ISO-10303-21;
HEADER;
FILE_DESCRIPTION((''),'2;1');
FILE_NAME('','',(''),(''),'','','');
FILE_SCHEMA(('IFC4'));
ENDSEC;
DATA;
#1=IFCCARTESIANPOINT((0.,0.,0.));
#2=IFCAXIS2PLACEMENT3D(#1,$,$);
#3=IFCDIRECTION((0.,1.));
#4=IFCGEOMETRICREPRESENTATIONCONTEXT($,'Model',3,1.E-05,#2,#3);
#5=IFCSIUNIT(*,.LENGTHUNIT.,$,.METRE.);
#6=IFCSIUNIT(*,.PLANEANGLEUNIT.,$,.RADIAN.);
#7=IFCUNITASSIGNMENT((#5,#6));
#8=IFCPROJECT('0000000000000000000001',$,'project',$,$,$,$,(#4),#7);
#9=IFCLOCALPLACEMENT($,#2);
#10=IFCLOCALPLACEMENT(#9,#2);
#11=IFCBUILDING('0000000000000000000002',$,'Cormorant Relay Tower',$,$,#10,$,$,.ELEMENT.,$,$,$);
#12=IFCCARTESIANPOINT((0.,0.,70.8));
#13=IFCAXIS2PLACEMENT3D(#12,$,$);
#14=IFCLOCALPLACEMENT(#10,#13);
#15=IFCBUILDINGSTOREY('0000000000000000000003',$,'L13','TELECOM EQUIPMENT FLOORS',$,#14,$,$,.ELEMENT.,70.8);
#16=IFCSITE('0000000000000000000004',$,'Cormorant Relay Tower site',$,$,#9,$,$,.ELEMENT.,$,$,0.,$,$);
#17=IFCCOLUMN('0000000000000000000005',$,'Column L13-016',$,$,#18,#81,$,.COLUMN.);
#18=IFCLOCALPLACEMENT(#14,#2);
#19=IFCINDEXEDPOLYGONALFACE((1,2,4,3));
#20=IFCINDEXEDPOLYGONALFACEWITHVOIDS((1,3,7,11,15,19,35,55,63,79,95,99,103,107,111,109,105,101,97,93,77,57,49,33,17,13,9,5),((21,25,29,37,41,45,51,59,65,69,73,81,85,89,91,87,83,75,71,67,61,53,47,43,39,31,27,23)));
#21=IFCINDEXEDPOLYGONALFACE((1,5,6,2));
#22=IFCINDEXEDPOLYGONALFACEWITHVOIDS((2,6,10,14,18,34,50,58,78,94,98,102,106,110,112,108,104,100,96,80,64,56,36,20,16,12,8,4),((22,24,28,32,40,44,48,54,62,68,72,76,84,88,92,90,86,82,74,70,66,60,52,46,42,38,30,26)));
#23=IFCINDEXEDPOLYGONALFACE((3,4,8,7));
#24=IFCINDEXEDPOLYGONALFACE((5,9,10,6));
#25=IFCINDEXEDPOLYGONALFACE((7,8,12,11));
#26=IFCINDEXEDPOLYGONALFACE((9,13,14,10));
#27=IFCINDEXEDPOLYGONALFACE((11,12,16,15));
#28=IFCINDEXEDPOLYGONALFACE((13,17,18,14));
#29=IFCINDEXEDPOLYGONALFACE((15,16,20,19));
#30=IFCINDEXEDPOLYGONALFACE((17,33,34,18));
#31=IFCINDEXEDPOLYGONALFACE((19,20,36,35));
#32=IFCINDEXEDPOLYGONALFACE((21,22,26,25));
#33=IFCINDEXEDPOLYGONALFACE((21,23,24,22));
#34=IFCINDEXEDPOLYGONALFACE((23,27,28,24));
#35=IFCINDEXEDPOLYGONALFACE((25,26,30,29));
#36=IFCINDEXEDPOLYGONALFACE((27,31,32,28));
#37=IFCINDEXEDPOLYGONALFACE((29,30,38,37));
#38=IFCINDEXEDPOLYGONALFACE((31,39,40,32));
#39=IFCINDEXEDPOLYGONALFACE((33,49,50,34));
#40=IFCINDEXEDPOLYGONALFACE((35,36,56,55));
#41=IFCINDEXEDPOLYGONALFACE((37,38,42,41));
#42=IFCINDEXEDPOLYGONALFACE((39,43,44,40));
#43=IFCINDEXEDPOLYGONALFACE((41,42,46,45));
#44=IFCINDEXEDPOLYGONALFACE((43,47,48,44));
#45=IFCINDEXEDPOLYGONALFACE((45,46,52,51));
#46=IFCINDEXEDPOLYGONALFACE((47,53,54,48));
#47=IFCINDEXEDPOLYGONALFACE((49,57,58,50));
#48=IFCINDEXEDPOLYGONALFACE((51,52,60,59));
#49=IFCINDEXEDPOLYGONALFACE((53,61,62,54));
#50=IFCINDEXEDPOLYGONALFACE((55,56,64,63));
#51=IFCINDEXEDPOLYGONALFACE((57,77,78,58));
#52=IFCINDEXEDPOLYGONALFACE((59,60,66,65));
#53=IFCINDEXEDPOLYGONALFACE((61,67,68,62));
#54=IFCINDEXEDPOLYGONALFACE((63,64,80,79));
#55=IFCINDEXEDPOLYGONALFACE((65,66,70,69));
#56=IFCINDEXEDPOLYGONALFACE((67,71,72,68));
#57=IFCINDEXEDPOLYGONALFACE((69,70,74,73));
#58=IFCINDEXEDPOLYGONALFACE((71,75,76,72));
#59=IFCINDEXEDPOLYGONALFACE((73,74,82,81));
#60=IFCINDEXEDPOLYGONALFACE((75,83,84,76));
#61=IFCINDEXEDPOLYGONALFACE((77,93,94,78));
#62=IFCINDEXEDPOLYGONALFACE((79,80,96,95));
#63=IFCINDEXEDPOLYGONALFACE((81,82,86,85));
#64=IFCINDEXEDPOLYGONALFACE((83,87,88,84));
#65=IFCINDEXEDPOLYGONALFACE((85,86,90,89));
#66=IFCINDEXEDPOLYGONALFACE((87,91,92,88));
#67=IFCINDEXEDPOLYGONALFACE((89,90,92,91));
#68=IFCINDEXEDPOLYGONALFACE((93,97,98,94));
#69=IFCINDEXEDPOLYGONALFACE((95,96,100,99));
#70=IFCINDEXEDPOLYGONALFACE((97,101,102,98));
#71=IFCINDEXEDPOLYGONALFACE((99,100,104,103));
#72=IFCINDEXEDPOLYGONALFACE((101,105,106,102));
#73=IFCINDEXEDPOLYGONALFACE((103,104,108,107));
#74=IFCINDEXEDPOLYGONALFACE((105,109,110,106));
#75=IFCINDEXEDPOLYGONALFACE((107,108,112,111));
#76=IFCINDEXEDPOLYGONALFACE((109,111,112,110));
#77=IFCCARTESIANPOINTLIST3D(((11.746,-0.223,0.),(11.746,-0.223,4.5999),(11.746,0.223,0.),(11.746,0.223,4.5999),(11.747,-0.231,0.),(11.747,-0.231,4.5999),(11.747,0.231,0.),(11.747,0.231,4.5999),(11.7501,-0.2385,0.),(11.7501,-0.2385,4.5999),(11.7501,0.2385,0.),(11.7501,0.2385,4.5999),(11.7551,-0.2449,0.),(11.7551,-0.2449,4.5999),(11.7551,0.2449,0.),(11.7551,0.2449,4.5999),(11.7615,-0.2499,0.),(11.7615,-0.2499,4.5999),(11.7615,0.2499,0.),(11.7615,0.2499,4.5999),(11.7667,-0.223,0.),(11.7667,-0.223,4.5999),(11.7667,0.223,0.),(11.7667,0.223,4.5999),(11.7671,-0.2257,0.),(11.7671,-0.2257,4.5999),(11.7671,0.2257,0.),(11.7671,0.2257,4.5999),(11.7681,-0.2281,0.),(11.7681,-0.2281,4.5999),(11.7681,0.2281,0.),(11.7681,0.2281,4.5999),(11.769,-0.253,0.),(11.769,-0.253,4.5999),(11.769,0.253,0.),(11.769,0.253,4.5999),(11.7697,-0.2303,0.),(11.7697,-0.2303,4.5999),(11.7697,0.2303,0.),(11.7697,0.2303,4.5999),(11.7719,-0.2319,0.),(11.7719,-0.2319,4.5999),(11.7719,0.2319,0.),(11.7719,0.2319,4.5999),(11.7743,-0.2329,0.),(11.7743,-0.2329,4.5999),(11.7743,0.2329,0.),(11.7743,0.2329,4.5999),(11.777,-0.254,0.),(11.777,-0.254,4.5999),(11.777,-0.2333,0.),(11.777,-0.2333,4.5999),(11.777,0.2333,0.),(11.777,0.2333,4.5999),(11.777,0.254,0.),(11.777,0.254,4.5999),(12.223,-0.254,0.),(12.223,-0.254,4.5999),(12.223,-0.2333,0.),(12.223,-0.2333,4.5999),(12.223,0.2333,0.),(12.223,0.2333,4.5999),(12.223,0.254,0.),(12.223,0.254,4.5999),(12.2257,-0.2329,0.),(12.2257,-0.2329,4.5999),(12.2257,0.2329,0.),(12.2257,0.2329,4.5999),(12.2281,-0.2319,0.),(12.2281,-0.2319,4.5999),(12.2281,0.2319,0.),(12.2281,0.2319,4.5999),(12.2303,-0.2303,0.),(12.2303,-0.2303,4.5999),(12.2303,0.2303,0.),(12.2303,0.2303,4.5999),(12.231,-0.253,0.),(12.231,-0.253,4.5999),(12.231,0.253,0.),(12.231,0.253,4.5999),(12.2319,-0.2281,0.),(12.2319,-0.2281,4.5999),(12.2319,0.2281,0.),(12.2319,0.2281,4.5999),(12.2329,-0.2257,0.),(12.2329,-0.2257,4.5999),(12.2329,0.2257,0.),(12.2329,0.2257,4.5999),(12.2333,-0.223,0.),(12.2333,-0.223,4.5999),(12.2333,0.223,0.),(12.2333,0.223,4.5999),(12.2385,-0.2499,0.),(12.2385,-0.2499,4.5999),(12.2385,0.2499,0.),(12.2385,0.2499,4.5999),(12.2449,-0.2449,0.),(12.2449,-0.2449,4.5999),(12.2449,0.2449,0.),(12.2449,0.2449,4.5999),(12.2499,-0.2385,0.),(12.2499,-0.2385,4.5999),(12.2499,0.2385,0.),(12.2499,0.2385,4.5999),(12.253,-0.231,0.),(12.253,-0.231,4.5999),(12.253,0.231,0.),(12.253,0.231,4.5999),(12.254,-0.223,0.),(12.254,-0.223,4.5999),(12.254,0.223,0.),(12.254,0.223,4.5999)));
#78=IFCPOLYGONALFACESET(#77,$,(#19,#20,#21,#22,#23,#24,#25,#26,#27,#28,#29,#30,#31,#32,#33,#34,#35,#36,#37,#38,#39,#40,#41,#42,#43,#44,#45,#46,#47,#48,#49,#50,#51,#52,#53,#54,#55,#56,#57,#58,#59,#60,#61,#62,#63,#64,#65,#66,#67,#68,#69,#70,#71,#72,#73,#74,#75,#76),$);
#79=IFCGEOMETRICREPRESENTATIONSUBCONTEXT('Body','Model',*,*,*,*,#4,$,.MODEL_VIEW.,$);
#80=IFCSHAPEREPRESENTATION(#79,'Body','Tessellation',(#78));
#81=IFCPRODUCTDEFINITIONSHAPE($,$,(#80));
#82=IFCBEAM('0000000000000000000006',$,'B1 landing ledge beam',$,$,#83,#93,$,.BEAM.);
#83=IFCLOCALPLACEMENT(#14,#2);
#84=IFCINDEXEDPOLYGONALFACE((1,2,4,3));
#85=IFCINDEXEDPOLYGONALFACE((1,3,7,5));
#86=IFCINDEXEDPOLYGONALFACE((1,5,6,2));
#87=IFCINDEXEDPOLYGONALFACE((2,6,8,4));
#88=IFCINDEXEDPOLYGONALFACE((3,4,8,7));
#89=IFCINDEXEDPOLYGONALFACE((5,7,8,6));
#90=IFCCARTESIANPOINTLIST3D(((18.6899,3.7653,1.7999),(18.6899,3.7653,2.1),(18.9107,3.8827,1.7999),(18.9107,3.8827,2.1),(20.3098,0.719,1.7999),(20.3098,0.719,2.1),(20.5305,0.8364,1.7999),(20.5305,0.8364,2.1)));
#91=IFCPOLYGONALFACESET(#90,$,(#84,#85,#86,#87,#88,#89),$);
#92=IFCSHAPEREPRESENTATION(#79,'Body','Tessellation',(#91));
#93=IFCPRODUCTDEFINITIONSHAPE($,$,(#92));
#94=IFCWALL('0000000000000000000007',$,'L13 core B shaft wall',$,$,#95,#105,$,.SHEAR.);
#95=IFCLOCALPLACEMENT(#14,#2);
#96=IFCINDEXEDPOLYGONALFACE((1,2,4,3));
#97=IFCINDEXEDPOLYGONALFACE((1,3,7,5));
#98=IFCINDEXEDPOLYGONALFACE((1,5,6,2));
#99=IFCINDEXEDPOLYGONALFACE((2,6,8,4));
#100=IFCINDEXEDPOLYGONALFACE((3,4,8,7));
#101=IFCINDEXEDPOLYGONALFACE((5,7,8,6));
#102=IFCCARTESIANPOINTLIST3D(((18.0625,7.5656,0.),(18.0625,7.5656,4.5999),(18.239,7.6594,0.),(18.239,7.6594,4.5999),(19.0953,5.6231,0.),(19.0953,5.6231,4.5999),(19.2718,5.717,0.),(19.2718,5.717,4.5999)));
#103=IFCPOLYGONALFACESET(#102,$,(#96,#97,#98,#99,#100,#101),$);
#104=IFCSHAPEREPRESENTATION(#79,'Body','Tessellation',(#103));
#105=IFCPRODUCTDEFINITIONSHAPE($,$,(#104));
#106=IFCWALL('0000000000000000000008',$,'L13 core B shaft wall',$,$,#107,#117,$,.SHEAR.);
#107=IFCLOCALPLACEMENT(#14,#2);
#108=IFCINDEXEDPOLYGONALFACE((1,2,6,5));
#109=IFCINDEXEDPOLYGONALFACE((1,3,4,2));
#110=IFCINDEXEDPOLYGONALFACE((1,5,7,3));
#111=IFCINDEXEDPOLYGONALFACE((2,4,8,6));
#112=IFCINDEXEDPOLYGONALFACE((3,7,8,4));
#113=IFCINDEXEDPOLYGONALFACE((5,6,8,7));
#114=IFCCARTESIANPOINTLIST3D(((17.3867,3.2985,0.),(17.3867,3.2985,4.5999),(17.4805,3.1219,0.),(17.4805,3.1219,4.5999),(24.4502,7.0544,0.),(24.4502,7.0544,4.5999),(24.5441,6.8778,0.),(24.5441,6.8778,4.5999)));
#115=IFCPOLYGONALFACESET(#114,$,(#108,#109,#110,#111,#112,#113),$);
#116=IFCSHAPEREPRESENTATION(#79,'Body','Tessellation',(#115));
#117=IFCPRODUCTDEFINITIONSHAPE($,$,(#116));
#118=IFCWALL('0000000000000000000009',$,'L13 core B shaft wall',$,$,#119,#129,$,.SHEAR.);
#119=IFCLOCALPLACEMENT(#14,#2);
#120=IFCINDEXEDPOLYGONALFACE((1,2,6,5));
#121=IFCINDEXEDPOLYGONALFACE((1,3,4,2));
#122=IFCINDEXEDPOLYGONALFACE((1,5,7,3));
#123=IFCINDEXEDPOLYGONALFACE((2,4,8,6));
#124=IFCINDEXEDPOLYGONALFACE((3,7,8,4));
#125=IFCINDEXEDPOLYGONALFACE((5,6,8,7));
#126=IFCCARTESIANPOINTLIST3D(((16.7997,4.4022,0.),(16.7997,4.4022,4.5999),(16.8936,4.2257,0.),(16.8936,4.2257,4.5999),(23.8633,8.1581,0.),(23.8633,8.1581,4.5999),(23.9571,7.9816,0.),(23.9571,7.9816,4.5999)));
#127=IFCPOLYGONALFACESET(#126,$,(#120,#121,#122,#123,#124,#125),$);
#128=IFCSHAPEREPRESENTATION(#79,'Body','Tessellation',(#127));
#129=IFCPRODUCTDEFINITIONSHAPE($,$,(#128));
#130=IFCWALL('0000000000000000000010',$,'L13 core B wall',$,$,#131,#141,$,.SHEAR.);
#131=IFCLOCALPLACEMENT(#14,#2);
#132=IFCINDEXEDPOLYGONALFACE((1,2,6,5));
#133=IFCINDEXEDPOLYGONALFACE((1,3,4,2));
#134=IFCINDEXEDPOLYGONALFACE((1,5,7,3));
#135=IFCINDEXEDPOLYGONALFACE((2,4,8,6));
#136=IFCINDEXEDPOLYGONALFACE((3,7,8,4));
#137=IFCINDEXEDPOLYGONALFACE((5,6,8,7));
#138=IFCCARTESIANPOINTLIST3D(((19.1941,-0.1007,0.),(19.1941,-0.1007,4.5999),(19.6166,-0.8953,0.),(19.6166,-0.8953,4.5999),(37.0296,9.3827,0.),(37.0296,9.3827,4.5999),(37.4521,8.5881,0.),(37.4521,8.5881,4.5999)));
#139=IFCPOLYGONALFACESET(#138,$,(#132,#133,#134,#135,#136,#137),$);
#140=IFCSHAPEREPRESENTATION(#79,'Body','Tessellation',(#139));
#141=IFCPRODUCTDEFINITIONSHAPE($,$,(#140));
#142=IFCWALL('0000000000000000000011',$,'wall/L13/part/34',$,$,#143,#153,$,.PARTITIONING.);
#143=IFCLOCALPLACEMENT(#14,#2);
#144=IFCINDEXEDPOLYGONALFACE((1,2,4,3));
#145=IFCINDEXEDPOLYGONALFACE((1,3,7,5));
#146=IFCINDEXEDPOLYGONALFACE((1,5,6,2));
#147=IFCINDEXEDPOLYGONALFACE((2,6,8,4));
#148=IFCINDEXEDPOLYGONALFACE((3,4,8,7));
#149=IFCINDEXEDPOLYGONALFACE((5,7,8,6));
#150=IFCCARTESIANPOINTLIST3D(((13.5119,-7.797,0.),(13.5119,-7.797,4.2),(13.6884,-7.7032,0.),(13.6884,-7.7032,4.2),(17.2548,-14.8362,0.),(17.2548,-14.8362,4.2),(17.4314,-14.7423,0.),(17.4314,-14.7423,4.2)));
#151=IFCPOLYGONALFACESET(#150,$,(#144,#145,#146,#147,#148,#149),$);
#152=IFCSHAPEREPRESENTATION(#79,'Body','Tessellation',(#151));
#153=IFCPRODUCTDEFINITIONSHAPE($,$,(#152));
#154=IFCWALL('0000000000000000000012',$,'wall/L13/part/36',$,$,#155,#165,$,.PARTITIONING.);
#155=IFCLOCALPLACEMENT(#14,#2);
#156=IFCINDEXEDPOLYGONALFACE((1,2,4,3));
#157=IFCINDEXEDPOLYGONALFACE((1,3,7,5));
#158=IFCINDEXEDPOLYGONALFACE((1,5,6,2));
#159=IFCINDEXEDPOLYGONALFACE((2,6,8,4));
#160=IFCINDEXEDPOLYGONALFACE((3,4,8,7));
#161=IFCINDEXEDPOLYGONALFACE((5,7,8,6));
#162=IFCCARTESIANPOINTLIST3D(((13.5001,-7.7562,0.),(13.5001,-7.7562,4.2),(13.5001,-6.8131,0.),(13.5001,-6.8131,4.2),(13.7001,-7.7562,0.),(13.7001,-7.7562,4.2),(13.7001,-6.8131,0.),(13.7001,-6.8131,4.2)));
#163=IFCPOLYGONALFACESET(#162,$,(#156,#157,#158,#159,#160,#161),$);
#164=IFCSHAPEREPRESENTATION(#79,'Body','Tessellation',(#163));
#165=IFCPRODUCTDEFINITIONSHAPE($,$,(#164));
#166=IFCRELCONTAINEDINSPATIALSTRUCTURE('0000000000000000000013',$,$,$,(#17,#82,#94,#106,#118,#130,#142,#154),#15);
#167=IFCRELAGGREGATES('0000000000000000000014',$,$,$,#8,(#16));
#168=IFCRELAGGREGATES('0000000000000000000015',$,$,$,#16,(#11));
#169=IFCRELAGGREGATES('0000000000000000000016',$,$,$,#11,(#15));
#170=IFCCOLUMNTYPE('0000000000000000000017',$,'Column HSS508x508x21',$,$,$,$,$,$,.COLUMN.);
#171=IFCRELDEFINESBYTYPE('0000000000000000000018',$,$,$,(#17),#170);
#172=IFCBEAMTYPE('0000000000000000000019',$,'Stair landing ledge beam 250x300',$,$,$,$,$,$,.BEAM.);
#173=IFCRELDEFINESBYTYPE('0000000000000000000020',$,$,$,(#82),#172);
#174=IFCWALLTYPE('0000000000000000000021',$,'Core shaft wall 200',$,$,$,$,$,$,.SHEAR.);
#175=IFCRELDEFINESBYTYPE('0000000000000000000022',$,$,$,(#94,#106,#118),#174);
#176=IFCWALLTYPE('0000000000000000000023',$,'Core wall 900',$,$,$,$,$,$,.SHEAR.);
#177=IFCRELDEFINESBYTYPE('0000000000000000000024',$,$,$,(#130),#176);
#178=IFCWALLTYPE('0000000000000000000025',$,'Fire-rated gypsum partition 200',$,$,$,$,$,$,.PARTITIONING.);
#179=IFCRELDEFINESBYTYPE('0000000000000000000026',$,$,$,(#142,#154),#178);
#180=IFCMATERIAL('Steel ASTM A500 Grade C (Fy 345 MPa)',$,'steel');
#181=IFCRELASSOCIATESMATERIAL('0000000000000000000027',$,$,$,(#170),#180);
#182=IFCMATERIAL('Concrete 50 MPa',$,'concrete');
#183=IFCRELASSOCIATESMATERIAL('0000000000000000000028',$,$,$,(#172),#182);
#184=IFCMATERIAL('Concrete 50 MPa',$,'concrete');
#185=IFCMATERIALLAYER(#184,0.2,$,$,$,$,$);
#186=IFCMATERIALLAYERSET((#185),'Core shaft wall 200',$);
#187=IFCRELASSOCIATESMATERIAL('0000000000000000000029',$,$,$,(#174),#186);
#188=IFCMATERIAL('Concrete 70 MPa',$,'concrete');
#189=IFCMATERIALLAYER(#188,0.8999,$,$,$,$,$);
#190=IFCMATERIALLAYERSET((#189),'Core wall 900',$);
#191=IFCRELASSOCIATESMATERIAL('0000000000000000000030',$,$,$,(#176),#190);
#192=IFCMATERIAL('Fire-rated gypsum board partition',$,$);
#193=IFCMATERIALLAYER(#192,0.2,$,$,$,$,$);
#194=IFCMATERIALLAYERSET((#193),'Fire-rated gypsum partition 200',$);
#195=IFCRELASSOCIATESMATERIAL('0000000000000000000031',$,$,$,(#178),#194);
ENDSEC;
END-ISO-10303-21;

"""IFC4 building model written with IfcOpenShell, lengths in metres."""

from ifc_helpers import new_model, si_unit, direction, frame, frame_2d, origin, origin_2d, place, context, subcontext, project, spatial, rectangle, hollow_rectangle, extrude, material, layer, layer_set, material_profile, profile_set, type_object, element, save


model = new_model("IFC4")

# Units and contexts
model_context = context("Model", 3, precision=1e-05, world=origin(), true_north=direction((0.0, 1.0)))
body_context = subcontext(model_context, "Body", "Model", "MODEL_VIEW")
ifc_project = project(units=[si_unit("LENGTHUNIT", "METRE"), si_unit("PLANEANGLEUNIT", "RADIAN")], contexts=[model_context])

# Site, building, storey
site_placement = place(None, origin())
site = spatial("IfcSite", under=ifc_project, at=site_placement, Name="Cormorant Relay Tower site", CompositionType="ELEMENT", RefElevation=0.0)
building_placement = place(site_placement, origin())
building = spatial("IfcBuilding", under=site, at=building_placement, Name="Cormorant Relay Tower", CompositionType="ELEMENT")
storey_placement = place(building_placement, frame((0.0, 0.0, 70.8)))
storey = spatial("IfcBuildingStorey", under=building, at=storey_placement, Name="L13", Description="TELECOM EQUIPMENT FLOORS", CompositionType="ELEMENT", Elevation=70.8)

# Column
ifc_material_1 = material(Name="Steel ASTM A500 Grade C (Fy 345 MPa)", Category="steel")
ifc_material_profile_1 = material_profile(ifc_material_1, hollow_rectangle(XDim=0.5081, YDim=0.5081, WallThickness=0.0208, InnerFilletRadius=0.0103, OuterFilletRadius=0.031, at=origin_2d()), Name="HSS508x508x21")
ifc_profile_set_1 = profile_set([ifc_material_profile_1], Name="Steel ASTM A500 Grade C (Fy 345 MPa)")
column_type = type_object("IfcColumnType", Name="Column HSS508x508x21", PredefinedType="COLUMN", material=ifc_profile_set_1)
column_placement = place(storey_placement, frame((12.0, 0.0, 0.0), z_axis=(0.0, 0.0, 1.0), x_axis=(1.0, 0.0, 0.0)))
element("IfcColumn", 1, at=column_placement, inside=storey, type_object=column_type, Name="Column L13-016", PredefinedType="COLUMN", context=body_context, shape_type="SweptSolid", body=[
    extrude(hollow_rectangle(XDim=0.5081, YDim=0.5081, WallThickness=0.0208, InnerFilletRadius=0.0103, OuterFilletRadius=0.031, at=origin_2d()), origin(), (0.0, 0.0, 1.0), 4.5999),
])

# Beam
ifc_material_2 = material(Name="Concrete 50 MPa", Category="concrete")
ifc_material_profile_2 = material_profile(ifc_material_2, rectangle(XDim=0.25, YDim=0.3, at=origin_2d()), Name="RC 250x300")
ifc_profile_set_2 = profile_set([ifc_material_profile_2], Name="Concrete 50 MPa")
beam_type = type_object("IfcBeamType", Name="Stair landing ledge beam 250x300", PredefinedType="BEAM", material=ifc_profile_set_2)
beam_placement = place(storey_placement, frame((18.8003, 3.824, 1.95), z_axis=(0.46949, -0.882938, 0.0), x_axis=(0.882938, 0.46949, 0.0)))
element("IfcBeam", 2, at=beam_placement, inside=storey, type_object=beam_type, Name="B1 landing ledge beam", PredefinedType="BEAM", context=body_context, shape_type="SweptSolid", body=[
    extrude(rectangle(XDim=0.25, YDim=0.3, at=origin_2d()), origin(), (0.0, 0.0, 1.0), 3.4502),
])

# Walls
ifc_material_3 = material(Name="Concrete 50 MPa", Category="concrete")
ifc_layer_1 = layer(ifc_material_3, 0.2)
ifc_layer_set_1 = layer_set([ifc_layer_1], Name="Core shaft wall 200")
wall_type_1 = type_object("IfcWallType", Name="Core shaft wall 200", PredefinedType="SHEAR", material=ifc_layer_set_1)
wall_1_placement = place(storey_placement, frame((19.1836, 5.6699, 0.0), z_axis=(0.0, 0.0, 1.0), x_axis=(-0.469447, 0.88296, 0.0)))
element("IfcWall", 3, at=wall_1_placement, inside=storey, type_object=wall_type_1, Name="L13 core B shaft wall", PredefinedType="SHEAR", context=body_context, shape_type="SweptSolid", body=[
    extrude(rectangle(XDim=2.2, YDim=0.2, at=frame_2d((1.1001, 0.0))), origin(), (0.0, 0.0, 1.0), 4.5999),
])
for number, where, z_axis, x_axis, name in (
    (4, (17.4336, 3.2102, 0.0), (0.0, 0.0, 1.0), (0.88294, 0.469485, 0.0), "L13 core B shaft wall"),
    (5, (16.8467, 4.314, 0.0), (0.0, 0.0, 1.0), (0.88294, 0.469485, 0.0), "L13 core B shaft wall"),
):
    element("IfcWall", number, at=place(storey_placement, frame(where, z_axis=z_axis, x_axis=x_axis)), inside=storey, type_object=wall_type_1, Name=name, PredefinedType="SHEAR", context=body_context, shape_type="SweptSolid", body=[
        extrude(rectangle(XDim=8.0, YDim=0.2, at=frame_2d((4.0, 0.0))), origin(), (0.0, 0.0, 1.0), 4.5999),
    ])

# Shared definitions
ifc_material_4 = material(Name="Concrete 70 MPa", Category="concrete")
ifc_layer_2 = layer(ifc_material_4, 0.8999)
ifc_layer_set_2 = layer_set([ifc_layer_2], Name="Core wall 900")
wall_type_2 = type_object("IfcWallType", Name="Core wall 900", PredefinedType="SHEAR", material=ifc_layer_set_2)

# Walls
wall_2_placement = place(storey_placement, frame((19.4053, -0.498, 0.0), z_axis=(0.0, 0.0, 1.0), x_axis=(0.882945, 0.469476, 0.0)))
element("IfcWall", 6, at=wall_2_placement, inside=storey, type_object=wall_type_2, Name="L13 core B wall", PredefinedType="SHEAR", context=body_context, shape_type="SweptSolid", body=[
    extrude(rectangle(XDim=20.2, YDim=0.8999, at=frame_2d((10.1001, 0.0))), origin(), (0.0, 0.0, 1.0), 4.5999),
])
ifc_material_5 = material(Name="Fire-rated gypsum board partition")
ifc_layer_3 = layer(ifc_material_5, 0.2)
ifc_layer_set_3 = layer_set([ifc_layer_3], Name="Fire-rated gypsum partition 200")
wall_type_3 = type_object("IfcWallType", Name="Fire-rated gypsum partition 200", PredefinedType="PARTITIONING", material=ifc_layer_set_3)
wall_3_placement = place(storey_placement, frame((13.6001, -7.75, 0.0), z_axis=(0.0, 0.0, 1.0), x_axis=(0.46949, -0.882938, 0.0)))
element("IfcWall", 7, at=wall_3_placement, inside=storey, type_object=wall_type_3, Name="wall/L13/part/34", PredefinedType="PARTITIONING", context=body_context, shape_type="SweptSolid", body=[
    extrude(rectangle(XDim=7.9724, YDim=0.2, at=frame_2d((3.9863, 0.0))), origin(), (0.0, 0.0, 1.0), 4.2),
])
wall_4_placement = place(storey_placement, frame((13.6001, -6.813, 0.0), z_axis=(0.0, 0.0, 1.0), x_axis=(0.0, -1.0, 0.0)))
element("IfcWall", 8, at=wall_4_placement, inside=storey, type_object=wall_type_3, Name="wall/L13/part/36", PredefinedType="PARTITIONING", context=body_context, shape_type="SweptSolid", body=[
    extrude(rectangle(XDim=0.9431, YDim=0.2, at=frame_2d((0.4717, 0.0))), origin(), (0.0, 0.0, 1.0), 4.2),
])

save(model, "model.ifc")
